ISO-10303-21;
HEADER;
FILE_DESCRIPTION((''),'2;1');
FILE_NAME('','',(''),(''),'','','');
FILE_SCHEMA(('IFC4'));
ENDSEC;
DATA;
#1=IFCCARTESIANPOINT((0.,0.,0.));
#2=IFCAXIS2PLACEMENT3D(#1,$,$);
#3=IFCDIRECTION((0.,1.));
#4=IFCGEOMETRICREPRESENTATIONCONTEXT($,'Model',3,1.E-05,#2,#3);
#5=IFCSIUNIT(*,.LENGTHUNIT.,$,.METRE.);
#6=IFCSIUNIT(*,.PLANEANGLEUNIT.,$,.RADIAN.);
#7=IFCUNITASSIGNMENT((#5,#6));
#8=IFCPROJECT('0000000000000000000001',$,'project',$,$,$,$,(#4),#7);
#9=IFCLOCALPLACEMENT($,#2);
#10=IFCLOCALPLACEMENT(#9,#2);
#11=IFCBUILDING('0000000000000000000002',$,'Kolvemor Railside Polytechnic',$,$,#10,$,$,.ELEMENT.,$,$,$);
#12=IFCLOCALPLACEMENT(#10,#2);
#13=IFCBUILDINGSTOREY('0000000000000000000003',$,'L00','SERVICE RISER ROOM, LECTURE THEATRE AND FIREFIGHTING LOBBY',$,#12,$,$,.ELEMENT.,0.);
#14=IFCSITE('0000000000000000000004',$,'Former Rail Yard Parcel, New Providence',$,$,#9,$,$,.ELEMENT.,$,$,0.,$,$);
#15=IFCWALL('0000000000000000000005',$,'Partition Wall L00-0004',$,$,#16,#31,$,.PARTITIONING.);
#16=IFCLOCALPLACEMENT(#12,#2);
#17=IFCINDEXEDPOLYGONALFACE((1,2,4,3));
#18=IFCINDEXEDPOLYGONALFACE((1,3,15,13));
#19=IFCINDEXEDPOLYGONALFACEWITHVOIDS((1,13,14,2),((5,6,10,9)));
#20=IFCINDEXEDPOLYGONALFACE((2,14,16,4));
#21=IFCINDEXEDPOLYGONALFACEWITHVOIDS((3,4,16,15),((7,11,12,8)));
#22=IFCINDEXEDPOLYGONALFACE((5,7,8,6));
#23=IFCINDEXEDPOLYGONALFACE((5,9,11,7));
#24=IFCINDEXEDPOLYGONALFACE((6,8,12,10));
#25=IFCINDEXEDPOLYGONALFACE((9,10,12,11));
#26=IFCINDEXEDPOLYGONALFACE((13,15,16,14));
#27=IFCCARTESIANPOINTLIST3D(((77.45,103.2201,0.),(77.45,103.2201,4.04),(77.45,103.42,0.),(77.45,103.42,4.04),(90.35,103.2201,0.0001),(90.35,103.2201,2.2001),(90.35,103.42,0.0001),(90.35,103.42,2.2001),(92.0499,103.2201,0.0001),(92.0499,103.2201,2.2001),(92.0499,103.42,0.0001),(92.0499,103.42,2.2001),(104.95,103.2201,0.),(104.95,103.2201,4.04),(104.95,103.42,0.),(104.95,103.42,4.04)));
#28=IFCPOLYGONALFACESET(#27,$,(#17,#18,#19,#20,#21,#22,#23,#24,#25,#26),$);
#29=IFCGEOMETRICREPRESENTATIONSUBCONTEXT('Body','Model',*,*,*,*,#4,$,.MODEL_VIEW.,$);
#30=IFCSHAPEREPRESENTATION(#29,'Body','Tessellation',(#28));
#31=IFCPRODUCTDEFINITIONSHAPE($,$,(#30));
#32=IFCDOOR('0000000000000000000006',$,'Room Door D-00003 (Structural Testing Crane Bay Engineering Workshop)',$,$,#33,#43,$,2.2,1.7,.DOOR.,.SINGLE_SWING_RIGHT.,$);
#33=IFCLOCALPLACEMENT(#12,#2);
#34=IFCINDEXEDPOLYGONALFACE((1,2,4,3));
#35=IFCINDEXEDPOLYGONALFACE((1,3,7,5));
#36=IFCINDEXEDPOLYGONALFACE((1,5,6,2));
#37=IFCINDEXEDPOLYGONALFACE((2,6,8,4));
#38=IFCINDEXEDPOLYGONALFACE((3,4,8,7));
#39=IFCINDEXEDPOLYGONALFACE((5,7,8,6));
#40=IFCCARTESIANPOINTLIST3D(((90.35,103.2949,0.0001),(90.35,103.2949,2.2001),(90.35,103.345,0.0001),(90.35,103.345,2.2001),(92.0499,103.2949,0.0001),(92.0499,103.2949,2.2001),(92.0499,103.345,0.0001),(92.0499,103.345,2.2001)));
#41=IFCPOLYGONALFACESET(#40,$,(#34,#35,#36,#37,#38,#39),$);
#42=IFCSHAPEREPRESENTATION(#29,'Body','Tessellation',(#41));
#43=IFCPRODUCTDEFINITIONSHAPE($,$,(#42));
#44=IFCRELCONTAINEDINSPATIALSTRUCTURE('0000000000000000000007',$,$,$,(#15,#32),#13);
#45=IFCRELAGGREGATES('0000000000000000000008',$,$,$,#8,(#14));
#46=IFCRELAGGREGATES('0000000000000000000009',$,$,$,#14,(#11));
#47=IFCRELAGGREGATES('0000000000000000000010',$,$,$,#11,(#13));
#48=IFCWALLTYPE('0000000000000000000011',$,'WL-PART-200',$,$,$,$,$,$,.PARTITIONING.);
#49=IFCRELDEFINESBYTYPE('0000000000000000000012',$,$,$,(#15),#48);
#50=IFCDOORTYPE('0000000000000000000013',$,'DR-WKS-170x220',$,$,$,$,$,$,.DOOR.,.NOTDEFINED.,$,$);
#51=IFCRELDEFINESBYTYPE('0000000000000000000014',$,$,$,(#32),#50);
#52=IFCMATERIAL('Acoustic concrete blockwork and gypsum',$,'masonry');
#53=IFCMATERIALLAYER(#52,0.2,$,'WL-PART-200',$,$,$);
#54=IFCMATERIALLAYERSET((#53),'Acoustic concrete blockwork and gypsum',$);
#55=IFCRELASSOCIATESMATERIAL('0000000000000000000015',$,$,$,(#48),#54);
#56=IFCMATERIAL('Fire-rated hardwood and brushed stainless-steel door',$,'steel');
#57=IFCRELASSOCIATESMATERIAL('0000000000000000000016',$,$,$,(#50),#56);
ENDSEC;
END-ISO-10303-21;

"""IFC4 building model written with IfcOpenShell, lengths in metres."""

from ifc_helpers import new_model, si_unit, direction, frame, frame_2d, origin, place, context, subcontext, project, spatial, rectangle, extrude, material, layer, layer_set, type_object, element, fill, save


model = new_model("IFC4")

# Units and contexts
model_context = context("Model", 3, precision=1e-05, world=origin(), true_north=direction((0.0, 1.0)))
body_context = subcontext(model_context, "Body", "Model", "MODEL_VIEW")
ifc_project = project(units=[si_unit("LENGTHUNIT", "METRE"), si_unit("PLANEANGLEUNIT", "RADIAN")], contexts=[model_context])

# Site, building, storey
site_placement = place(None, origin())
site = spatial("IfcSite", under=ifc_project, at=site_placement, Name="Former Rail Yard Parcel, New Providence", CompositionType="ELEMENT", RefElevation=0.0)
building_placement = place(site_placement, origin())
building = spatial("IfcBuilding", under=site, at=building_placement, Name="Kolvemor Railside Polytechnic", CompositionType="ELEMENT")
storey_placement = place(building_placement, origin())
storey = spatial("IfcBuildingStorey", under=building, at=storey_placement, Name="L00", Description="SERVICE RISER ROOM, LECTURE THEATRE AND FIREFIGHTING LOBBY", CompositionType="ELEMENT", Elevation=0.0)

# Shared definitions
ifc_material_1 = material(Name="Acoustic concrete blockwork and gypsum", Category="masonry")
ifc_layer_1 = layer(ifc_material_1, 0.2, Name="WL-PART-200")
ifc_layer_set_1 = layer_set([ifc_layer_1], Name="Acoustic concrete blockwork and gypsum")
wall_type = type_object("IfcWallType", Name="WL-PART-200", PredefinedType="PARTITIONING", material=ifc_layer_set_1)

# Wall, opening, door
wall_1_placement = place(storey_placement, frame((77.45, 103.3201, 0.0), z_axis=(0.0, 0.0, 1.0), x_axis=(1.0, 0.0, 0.0)))
wall_1 = element("IfcWall", 1, at=wall_1_placement, inside=storey, type_object=wall_type, Name="Partition Wall L00-0004", PredefinedType="PARTITIONING", context=body_context, shape_type="SweptSolid", body=[
    extrude(rectangle(XDim=27.5, YDim=0.2, at=frame_2d((13.75, 0.0))), origin(), (0.0, 0.0, 1.0), 4.04),
])
opening_placement = place(wall_1_placement, frame((12.8999, 0.0, 0.0)))
opening = element("IfcOpeningElement", 2, at=opening_placement, cuts=wall_1, PredefinedType="OPENING", context=body_context, shape_type="SweptSolid", body=[
    extrude(rectangle(XDim=1.7, YDim=2.2, at=frame_2d((0.8501, 1.1001))), frame((0.0, 0.1099, 0.0), z_axis=(0.0, -1.0, 0.0), x_axis=(1.0, 0.0, 0.0)), (0.0, 0.0, 1.0), 0.22),
])
ifc_material_2 = material(Name="Fire-rated hardwood and brushed stainless-steel door", Category="steel")
door_type = type_object("IfcDoorType", Name="DR-WKS-170x220", OperationType="NOTDEFINED", PredefinedType="DOOR", material=ifc_material_2)
door_placement = place(opening_placement, origin())
door = element("IfcDoor", 3, at=door_placement, inside=storey, type_object=door_type, Name="Room Door D-00003 (Structural Testing Crane Bay Engineering Workshop)", OperationType="SINGLE_SWING_RIGHT", OverallHeight=2.2, OverallWidth=1.7, PredefinedType="DOOR", context=body_context, shape_type="SweptSolid", body=[
    extrude(rectangle(XDim=1.7, YDim=2.2, at=frame_2d((0.8501, 1.1001))), frame((0.0, 0.0249, 0.0), z_axis=(0.0, -1.0, 0.0), x_axis=(1.0, 0.0, 0.0)), (0.0, 0.0, 1.0), 0.05),
])
fill(opening, door)

save(model, "model.ifc")
